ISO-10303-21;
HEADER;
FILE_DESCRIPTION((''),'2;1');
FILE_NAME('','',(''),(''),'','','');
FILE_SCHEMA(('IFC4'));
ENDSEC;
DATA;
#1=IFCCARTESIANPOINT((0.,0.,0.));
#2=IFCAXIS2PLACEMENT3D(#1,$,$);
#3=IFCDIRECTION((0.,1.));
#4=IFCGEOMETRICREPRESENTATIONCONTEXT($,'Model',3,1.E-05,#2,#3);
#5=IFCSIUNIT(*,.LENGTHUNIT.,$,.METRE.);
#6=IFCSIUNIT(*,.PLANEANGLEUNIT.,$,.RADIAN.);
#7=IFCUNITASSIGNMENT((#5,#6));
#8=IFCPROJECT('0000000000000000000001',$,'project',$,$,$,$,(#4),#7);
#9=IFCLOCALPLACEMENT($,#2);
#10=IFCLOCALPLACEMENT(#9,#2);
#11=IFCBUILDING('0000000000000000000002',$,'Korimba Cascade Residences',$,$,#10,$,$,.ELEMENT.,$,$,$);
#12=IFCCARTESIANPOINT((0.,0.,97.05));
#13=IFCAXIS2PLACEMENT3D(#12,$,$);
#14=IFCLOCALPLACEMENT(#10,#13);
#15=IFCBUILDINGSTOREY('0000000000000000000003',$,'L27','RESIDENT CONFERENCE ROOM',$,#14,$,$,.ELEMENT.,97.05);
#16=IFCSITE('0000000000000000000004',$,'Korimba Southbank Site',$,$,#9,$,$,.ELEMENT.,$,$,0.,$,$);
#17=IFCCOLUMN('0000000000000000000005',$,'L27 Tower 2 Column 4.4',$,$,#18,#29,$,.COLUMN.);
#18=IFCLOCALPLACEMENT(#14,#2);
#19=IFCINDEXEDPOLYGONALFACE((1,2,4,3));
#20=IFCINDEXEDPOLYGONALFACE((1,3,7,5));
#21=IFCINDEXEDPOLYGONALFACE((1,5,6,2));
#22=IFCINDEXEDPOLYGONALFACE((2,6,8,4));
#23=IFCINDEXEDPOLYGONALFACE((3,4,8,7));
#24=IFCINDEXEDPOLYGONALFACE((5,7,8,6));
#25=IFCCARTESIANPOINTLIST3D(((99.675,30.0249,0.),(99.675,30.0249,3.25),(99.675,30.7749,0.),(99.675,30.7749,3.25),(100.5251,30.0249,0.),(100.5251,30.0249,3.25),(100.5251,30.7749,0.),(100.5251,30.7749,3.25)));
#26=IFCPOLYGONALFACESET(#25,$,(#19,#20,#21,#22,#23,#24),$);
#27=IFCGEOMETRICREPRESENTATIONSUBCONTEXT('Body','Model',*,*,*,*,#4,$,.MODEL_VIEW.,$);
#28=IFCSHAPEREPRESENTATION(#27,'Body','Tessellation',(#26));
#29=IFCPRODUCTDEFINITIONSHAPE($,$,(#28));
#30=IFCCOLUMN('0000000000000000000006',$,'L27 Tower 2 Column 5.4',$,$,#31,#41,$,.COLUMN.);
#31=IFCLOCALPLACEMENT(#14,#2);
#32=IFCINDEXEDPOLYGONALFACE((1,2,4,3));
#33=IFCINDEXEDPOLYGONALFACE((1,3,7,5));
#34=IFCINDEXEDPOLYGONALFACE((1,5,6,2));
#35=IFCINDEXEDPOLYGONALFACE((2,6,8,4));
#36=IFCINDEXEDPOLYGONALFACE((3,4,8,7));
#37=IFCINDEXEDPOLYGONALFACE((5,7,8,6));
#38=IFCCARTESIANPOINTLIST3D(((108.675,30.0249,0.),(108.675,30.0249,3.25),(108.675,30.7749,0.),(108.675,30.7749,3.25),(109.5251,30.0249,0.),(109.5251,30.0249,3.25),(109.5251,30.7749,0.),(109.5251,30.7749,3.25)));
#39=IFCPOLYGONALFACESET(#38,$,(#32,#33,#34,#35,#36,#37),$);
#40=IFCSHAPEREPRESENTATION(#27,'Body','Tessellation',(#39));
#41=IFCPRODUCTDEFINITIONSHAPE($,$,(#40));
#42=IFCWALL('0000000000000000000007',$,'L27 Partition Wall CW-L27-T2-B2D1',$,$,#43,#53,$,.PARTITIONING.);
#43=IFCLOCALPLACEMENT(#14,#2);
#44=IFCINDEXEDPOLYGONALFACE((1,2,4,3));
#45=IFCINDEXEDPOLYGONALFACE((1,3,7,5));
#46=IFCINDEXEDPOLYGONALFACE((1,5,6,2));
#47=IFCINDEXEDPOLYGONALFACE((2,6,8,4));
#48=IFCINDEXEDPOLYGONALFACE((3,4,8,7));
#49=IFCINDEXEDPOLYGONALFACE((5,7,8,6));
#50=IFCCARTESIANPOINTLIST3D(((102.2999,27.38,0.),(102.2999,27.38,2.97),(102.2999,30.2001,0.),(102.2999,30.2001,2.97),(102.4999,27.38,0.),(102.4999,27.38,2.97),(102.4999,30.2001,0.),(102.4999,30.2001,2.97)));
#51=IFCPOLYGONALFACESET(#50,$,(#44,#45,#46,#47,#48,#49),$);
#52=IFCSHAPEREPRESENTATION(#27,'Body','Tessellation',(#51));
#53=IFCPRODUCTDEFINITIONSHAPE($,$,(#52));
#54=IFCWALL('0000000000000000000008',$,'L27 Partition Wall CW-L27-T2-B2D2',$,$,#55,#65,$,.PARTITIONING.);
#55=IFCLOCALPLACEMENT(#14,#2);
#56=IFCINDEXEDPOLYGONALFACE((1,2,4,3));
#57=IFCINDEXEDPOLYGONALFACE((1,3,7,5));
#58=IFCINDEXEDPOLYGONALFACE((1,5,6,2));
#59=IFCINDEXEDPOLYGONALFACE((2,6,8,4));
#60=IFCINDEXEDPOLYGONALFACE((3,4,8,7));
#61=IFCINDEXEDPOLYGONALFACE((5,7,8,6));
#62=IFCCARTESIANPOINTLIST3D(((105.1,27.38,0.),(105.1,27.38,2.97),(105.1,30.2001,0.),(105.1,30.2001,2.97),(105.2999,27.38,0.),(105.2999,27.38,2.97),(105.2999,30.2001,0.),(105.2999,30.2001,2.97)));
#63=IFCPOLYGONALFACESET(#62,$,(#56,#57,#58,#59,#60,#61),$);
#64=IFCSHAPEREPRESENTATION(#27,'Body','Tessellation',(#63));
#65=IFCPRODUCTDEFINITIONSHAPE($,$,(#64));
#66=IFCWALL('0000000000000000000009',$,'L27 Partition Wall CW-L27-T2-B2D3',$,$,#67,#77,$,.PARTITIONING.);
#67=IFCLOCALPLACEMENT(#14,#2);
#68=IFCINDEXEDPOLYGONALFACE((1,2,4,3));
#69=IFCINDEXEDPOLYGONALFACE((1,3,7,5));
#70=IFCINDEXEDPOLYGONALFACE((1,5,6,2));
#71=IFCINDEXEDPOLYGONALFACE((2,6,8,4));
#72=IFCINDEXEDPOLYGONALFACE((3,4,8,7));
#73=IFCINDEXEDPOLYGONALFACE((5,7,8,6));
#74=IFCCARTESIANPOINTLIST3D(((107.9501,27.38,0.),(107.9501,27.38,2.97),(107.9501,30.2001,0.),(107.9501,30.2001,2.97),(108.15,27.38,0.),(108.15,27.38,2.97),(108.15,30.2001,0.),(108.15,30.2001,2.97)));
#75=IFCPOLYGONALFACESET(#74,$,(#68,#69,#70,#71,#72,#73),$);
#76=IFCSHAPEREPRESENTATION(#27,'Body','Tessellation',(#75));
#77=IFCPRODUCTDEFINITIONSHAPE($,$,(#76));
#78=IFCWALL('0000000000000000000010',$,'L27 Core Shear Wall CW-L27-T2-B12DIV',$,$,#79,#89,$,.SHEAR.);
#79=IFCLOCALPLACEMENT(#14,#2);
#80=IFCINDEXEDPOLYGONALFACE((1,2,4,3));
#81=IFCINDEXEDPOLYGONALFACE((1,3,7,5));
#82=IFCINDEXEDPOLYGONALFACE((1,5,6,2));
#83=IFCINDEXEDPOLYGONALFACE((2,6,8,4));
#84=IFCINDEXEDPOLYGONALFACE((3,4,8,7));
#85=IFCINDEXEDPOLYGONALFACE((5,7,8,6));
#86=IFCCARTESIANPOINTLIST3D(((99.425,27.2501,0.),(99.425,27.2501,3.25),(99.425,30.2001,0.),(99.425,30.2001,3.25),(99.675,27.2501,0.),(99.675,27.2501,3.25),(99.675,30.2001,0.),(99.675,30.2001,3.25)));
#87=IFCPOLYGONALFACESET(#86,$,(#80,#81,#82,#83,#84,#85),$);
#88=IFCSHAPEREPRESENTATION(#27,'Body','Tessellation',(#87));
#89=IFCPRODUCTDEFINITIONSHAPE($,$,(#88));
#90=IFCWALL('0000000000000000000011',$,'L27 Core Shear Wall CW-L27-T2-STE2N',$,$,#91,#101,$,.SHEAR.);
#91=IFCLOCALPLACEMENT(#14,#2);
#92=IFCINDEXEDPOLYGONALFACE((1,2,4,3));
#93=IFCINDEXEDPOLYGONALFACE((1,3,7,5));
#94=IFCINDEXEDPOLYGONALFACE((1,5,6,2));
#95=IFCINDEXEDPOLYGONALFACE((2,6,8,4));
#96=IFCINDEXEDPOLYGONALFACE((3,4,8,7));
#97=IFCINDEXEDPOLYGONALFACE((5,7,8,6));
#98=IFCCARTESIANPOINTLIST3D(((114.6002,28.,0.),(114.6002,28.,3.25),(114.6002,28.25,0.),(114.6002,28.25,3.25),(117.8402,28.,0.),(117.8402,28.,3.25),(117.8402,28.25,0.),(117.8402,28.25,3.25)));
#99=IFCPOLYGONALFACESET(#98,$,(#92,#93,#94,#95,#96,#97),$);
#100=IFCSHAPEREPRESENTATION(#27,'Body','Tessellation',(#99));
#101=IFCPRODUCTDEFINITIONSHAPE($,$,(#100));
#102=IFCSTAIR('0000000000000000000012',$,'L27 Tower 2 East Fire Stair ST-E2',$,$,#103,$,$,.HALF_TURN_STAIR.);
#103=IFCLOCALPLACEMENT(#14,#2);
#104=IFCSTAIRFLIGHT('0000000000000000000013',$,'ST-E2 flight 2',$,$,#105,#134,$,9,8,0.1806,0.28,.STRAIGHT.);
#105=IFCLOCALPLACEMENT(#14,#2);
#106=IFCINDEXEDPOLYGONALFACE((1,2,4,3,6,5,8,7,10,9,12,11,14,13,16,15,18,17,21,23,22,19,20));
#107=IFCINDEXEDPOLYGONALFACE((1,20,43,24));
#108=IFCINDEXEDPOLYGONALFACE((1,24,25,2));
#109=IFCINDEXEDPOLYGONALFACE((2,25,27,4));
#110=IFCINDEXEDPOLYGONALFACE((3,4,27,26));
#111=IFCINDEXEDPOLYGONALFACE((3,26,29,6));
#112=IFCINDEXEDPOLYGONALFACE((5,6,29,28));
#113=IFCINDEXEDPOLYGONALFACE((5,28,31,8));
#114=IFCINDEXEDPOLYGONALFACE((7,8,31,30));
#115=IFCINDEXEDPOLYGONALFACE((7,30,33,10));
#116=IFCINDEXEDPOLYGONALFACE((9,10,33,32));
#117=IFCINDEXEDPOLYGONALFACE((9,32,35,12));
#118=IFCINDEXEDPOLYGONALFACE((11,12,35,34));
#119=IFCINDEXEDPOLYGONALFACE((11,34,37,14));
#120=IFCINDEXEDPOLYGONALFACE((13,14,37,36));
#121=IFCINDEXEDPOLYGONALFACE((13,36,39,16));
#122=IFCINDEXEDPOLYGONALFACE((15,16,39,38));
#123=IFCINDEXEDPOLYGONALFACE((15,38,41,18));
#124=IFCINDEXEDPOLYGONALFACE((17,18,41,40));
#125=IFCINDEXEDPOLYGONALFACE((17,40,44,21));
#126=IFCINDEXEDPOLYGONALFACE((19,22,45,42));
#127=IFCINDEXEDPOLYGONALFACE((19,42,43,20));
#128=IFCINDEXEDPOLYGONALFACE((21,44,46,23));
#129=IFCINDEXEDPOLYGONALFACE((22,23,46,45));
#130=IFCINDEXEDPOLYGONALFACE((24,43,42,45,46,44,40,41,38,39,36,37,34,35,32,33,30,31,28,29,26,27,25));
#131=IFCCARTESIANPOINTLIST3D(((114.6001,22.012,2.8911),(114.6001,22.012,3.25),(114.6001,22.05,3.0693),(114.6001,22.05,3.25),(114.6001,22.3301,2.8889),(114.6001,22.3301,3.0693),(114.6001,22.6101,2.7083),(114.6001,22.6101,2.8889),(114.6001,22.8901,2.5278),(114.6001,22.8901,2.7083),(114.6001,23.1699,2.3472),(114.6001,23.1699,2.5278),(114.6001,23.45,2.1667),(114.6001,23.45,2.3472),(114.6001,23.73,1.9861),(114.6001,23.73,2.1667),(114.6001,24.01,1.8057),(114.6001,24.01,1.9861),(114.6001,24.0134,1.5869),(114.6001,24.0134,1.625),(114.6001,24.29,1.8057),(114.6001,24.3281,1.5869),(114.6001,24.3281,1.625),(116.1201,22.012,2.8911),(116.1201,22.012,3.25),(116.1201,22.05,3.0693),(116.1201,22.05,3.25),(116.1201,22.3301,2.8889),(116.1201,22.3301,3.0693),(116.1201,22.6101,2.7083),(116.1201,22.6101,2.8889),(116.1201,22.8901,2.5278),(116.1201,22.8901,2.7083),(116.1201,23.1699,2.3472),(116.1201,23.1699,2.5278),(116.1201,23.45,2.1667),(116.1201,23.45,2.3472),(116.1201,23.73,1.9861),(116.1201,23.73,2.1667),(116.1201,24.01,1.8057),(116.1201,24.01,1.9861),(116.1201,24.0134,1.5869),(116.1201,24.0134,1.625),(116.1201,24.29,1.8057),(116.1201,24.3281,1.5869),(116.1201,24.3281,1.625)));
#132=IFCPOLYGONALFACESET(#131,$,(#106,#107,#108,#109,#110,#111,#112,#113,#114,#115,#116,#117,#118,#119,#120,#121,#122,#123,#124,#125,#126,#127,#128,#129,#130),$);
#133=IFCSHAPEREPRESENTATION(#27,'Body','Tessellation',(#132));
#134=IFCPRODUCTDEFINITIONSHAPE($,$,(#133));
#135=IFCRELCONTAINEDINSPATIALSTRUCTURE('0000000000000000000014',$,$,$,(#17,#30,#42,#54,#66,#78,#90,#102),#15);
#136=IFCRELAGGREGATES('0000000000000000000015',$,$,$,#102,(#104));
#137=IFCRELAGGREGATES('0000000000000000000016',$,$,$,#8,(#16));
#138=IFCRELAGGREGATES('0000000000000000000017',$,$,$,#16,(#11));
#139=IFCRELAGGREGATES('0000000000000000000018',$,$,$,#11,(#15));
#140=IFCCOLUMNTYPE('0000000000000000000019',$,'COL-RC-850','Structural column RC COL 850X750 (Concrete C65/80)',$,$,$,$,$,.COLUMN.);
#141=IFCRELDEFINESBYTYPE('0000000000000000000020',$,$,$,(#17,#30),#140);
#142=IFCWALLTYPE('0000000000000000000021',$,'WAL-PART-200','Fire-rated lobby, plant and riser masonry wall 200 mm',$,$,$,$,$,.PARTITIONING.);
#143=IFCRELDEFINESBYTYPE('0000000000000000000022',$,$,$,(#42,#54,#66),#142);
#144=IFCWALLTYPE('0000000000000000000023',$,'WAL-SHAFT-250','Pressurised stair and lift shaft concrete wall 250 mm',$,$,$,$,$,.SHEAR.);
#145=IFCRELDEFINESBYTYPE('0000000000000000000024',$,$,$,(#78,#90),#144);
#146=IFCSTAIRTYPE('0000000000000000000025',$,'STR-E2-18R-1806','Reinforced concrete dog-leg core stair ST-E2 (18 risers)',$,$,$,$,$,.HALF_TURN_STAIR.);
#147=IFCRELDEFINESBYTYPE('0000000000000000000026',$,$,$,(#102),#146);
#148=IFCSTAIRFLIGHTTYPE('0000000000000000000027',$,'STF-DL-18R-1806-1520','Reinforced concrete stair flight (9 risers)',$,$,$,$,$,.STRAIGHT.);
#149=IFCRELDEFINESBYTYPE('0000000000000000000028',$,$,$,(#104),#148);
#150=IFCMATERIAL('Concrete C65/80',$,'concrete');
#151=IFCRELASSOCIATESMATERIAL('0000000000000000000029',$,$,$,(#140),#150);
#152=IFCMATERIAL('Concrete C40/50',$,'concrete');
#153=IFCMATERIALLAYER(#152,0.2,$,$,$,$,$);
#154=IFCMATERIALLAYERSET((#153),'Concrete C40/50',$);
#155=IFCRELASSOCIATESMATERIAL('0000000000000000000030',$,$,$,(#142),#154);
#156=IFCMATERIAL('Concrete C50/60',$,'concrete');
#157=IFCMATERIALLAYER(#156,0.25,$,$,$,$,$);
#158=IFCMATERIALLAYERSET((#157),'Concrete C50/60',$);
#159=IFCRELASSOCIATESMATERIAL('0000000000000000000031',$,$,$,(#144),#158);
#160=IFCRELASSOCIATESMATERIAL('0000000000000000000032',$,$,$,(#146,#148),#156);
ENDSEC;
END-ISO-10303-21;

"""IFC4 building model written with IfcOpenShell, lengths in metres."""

from ifc_helpers import new_model, si_unit, direction, frame, frame_2d, origin, origin_2d, place, context, subcontext, project, spatial, polyline, rectangle, outline, extrude, material, layer, layer_set, material_profile, profile_set, type_object, element, aggregate, save


model = new_model("IFC4")

# Units and contexts
model_context = context("Model", 3, precision=1e-05, world=origin(), true_north=direction((0.0, 1.0)))
body_context = subcontext(model_context, "Body", "Model", "MODEL_VIEW")
ifc_project = project(units=[si_unit("LENGTHUNIT", "METRE"), si_unit("PLANEANGLEUNIT", "RADIAN")], contexts=[model_context])

# Site, building, storey
site_placement = place(None, origin())
site = spatial("IfcSite", under=ifc_project, at=site_placement, Name="Korimba Southbank Site", CompositionType="ELEMENT", RefElevation=0.0)
building_placement = place(site_placement, origin())
building = spatial("IfcBuilding", under=site, at=building_placement, Name="Korimba Cascade Residences", CompositionType="ELEMENT")
storey_placement = place(building_placement, frame((0.0, 0.0, 97.05)))
storey = spatial("IfcBuildingStorey", under=building, at=storey_placement, Name="L27", Description="RESIDENT CONFERENCE ROOM", CompositionType="ELEMENT", Elevation=97.05)

# Columns
ifc_material_1 = material(Name="Concrete C65/80", Category="concrete")
ifc_material_profile = material_profile(ifc_material_1, rectangle(XDim=0.8501, YDim=0.75, at=origin_2d()), Name="Concrete C65/80")
ifc_profile_set = profile_set([ifc_material_profile], Name="Concrete C65/80")
column_type = type_object("IfcColumnType", Name="COL-RC-850", Description="Structural column RC COL 850X750 (Concrete C65/80)", PredefinedType="COLUMN", material=ifc_profile_set)
for number, where, z_axis, x_axis, name in (
    (1, (100.1001, 30.3999, 0.0), (0.0, 0.0, 1.0), (1.0, 0.0, 0.0), "L27 Tower 2 Column 4.4"),
    (2, (109.1001, 30.3999, 0.0), (0.0, 0.0, 1.0), (1.0, 0.0, 0.0), "L27 Tower 2 Column 5.4"),
):
    element("IfcColumn", number, at=place(storey_placement, frame(where, z_axis=z_axis, x_axis=x_axis)), inside=storey, type_object=column_type, Name=name, PredefinedType="COLUMN", context=body_context, shape_type="SweptSolid", body=[
        extrude(rectangle(XDim=0.8501, YDim=0.75, at=origin_2d()), origin(), (0.0, 0.0, 1.0), 3.25),
    ])

# Walls
ifc_material_2 = material(Name="Concrete C40/50", Category="concrete")
ifc_layer_1 = layer(ifc_material_2, 0.2)
ifc_layer_set_1 = layer_set([ifc_layer_1], Name="Concrete C40/50")
wall_type_1 = type_object("IfcWallType", Name="WAL-PART-200", Description="Fire-rated lobby, plant and riser masonry wall 200 mm", PredefinedType="PARTITIONING", material=ifc_layer_set_1)
for number, where, z_axis, x_axis, name in (
    (3, (102.3999, 27.3799, 0.0), (0.0, 0.0, 1.0), (0.0, 1.0, 0.0), "L27 Partition Wall CW-L27-T2-B2D1"),
    (4, (105.2, 27.3799, 0.0), (0.0, 0.0, 1.0), (0.0, 1.0, 0.0), "L27 Partition Wall CW-L27-T2-B2D2"),
    (5, (108.05, 27.3799, 0.0), (0.0, 0.0, 1.0), (0.0, 1.0, 0.0), "L27 Partition Wall CW-L27-T2-B2D3"),
):
    element("IfcWall", number, at=place(storey_placement, frame(where, z_axis=z_axis, x_axis=x_axis)), inside=storey, type_object=wall_type_1, Name=name, PredefinedType="PARTITIONING", context=body_context, shape_type="SweptSolid", body=[
        extrude(rectangle(XDim=2.8201, YDim=0.2, at=frame_2d((1.4102, 0.0))), origin(), (0.0, 0.0, 1.0), 2.97),
    ])
ifc_material_3 = material(Name="Concrete C50/60", Category="concrete")
ifc_layer_2 = layer(ifc_material_3, 0.25)
ifc_layer_set_2 = layer_set([ifc_layer_2], Name="Concrete C50/60")
wall_type_2 = type_object("IfcWallType", Name="WAL-SHAFT-250", Description="Pressurised stair and lift shaft concrete wall 250 mm", PredefinedType="SHEAR", material=ifc_layer_set_2)
wall_1_placement = place(storey_placement, frame((99.55, 27.25, 0.0), z_axis=(0.0, 0.0, 1.0), x_axis=(0.0, 1.0, 0.0)))
element("IfcWall", 6, at=wall_1_placement, inside=storey, type_object=wall_type_2, Name="L27 Core Shear Wall CW-L27-T2-B12DIV", PredefinedType="SHEAR", context=body_context, shape_type="SweptSolid", body=[
    extrude(rectangle(XDim=2.95, YDim=0.25, at=frame_2d((1.4751, 0.0))), origin(), (0.0, 0.0, 1.0), 3.25),
])

# Wall
wall_2_placement = place(storey_placement, frame((114.6001, 28.125, 0.0), z_axis=(0.0, 0.0, 1.0), x_axis=(1.0, 0.0, 0.0)))
element("IfcWall", 7, at=wall_2_placement, inside=storey, type_object=wall_type_2, Name="L27 Core Shear Wall CW-L27-T2-STE2N", PredefinedType="SHEAR", context=body_context, shape_type="SweptSolid", body=[
    extrude(rectangle(XDim=3.24, YDim=0.25, at=frame_2d((1.6201, 0.0))), origin(), (0.0, 0.0, 1.0), 3.25),
])

# Stair, stair flight
stair_type = type_object("IfcStairType", Name="STR-E2-18R-1806", Description="Reinforced concrete dog-leg core stair ST-E2 (18 risers)", PredefinedType="HALF_TURN_STAIR", material=ifc_material_3)
stair_placement = place(storey_placement, origin())
stair = element("IfcStair", 8, at=stair_placement, inside=storey, type_object=stair_type, Name="L27 Tower 2 East Fire Stair ST-E2", PredefinedType="HALF_TURN_STAIR")
stair_flight_type = type_object("IfcStairFlightType", Name="STF-DL-18R-1806-1520", Description="Reinforced concrete stair flight (9 risers)", PredefinedType="STRAIGHT", material=ifc_material_3)
stair_flight_placement = place(storey_placement, frame((115.3601, 24.29, 1.625), z_axis=(0.0, 0.0, 1.0), x_axis=(0.0, -1.0, 0.0)))
stair_flight = element("IfcStairFlight", 9, at=stair_flight_placement, type_object=stair_flight_type, Name="ST-E2 flight 2", NumberOfRisers=9, NumberOfTreads=8, PredefinedType="STRAIGHT", RiserHeight=0.1806, TreadLength=0.28, context=body_context, shape_type="SweptSolid", body=[
    extrude(outline(polyline([(-0.0381, 0.0), (0.0, 0.1807), (0.28, 0.1807), (0.28, 0.3611), (0.5601, 0.3611), (0.5601, 0.5417), (0.8401, 0.5417), (0.8401, 0.7222), (1.1201, 0.7222), (1.1201, 0.9028), (1.3999, 0.9028), (1.3999, 1.0833), (1.6799, 1.0833), (1.6799, 1.2639), (1.96, 1.2639), (1.96, 1.4443), (2.24, 1.4443), (2.24, 1.625), (2.2781, 1.625), (2.2781, 1.2661), (0.2766, 0.0), (0.2766, -0.0381), (-0.0381, -0.0381), (-0.0381, 0.0)])), frame((0.0, 0.76, 0.0), z_axis=(0.0, -1.0, 0.0), x_axis=(1.0, 0.0, 0.0)), (0.0, 0.0, 1.0), 1.52),
])
aggregate(stair, [stair_flight])

save(model, "model.ifc")
